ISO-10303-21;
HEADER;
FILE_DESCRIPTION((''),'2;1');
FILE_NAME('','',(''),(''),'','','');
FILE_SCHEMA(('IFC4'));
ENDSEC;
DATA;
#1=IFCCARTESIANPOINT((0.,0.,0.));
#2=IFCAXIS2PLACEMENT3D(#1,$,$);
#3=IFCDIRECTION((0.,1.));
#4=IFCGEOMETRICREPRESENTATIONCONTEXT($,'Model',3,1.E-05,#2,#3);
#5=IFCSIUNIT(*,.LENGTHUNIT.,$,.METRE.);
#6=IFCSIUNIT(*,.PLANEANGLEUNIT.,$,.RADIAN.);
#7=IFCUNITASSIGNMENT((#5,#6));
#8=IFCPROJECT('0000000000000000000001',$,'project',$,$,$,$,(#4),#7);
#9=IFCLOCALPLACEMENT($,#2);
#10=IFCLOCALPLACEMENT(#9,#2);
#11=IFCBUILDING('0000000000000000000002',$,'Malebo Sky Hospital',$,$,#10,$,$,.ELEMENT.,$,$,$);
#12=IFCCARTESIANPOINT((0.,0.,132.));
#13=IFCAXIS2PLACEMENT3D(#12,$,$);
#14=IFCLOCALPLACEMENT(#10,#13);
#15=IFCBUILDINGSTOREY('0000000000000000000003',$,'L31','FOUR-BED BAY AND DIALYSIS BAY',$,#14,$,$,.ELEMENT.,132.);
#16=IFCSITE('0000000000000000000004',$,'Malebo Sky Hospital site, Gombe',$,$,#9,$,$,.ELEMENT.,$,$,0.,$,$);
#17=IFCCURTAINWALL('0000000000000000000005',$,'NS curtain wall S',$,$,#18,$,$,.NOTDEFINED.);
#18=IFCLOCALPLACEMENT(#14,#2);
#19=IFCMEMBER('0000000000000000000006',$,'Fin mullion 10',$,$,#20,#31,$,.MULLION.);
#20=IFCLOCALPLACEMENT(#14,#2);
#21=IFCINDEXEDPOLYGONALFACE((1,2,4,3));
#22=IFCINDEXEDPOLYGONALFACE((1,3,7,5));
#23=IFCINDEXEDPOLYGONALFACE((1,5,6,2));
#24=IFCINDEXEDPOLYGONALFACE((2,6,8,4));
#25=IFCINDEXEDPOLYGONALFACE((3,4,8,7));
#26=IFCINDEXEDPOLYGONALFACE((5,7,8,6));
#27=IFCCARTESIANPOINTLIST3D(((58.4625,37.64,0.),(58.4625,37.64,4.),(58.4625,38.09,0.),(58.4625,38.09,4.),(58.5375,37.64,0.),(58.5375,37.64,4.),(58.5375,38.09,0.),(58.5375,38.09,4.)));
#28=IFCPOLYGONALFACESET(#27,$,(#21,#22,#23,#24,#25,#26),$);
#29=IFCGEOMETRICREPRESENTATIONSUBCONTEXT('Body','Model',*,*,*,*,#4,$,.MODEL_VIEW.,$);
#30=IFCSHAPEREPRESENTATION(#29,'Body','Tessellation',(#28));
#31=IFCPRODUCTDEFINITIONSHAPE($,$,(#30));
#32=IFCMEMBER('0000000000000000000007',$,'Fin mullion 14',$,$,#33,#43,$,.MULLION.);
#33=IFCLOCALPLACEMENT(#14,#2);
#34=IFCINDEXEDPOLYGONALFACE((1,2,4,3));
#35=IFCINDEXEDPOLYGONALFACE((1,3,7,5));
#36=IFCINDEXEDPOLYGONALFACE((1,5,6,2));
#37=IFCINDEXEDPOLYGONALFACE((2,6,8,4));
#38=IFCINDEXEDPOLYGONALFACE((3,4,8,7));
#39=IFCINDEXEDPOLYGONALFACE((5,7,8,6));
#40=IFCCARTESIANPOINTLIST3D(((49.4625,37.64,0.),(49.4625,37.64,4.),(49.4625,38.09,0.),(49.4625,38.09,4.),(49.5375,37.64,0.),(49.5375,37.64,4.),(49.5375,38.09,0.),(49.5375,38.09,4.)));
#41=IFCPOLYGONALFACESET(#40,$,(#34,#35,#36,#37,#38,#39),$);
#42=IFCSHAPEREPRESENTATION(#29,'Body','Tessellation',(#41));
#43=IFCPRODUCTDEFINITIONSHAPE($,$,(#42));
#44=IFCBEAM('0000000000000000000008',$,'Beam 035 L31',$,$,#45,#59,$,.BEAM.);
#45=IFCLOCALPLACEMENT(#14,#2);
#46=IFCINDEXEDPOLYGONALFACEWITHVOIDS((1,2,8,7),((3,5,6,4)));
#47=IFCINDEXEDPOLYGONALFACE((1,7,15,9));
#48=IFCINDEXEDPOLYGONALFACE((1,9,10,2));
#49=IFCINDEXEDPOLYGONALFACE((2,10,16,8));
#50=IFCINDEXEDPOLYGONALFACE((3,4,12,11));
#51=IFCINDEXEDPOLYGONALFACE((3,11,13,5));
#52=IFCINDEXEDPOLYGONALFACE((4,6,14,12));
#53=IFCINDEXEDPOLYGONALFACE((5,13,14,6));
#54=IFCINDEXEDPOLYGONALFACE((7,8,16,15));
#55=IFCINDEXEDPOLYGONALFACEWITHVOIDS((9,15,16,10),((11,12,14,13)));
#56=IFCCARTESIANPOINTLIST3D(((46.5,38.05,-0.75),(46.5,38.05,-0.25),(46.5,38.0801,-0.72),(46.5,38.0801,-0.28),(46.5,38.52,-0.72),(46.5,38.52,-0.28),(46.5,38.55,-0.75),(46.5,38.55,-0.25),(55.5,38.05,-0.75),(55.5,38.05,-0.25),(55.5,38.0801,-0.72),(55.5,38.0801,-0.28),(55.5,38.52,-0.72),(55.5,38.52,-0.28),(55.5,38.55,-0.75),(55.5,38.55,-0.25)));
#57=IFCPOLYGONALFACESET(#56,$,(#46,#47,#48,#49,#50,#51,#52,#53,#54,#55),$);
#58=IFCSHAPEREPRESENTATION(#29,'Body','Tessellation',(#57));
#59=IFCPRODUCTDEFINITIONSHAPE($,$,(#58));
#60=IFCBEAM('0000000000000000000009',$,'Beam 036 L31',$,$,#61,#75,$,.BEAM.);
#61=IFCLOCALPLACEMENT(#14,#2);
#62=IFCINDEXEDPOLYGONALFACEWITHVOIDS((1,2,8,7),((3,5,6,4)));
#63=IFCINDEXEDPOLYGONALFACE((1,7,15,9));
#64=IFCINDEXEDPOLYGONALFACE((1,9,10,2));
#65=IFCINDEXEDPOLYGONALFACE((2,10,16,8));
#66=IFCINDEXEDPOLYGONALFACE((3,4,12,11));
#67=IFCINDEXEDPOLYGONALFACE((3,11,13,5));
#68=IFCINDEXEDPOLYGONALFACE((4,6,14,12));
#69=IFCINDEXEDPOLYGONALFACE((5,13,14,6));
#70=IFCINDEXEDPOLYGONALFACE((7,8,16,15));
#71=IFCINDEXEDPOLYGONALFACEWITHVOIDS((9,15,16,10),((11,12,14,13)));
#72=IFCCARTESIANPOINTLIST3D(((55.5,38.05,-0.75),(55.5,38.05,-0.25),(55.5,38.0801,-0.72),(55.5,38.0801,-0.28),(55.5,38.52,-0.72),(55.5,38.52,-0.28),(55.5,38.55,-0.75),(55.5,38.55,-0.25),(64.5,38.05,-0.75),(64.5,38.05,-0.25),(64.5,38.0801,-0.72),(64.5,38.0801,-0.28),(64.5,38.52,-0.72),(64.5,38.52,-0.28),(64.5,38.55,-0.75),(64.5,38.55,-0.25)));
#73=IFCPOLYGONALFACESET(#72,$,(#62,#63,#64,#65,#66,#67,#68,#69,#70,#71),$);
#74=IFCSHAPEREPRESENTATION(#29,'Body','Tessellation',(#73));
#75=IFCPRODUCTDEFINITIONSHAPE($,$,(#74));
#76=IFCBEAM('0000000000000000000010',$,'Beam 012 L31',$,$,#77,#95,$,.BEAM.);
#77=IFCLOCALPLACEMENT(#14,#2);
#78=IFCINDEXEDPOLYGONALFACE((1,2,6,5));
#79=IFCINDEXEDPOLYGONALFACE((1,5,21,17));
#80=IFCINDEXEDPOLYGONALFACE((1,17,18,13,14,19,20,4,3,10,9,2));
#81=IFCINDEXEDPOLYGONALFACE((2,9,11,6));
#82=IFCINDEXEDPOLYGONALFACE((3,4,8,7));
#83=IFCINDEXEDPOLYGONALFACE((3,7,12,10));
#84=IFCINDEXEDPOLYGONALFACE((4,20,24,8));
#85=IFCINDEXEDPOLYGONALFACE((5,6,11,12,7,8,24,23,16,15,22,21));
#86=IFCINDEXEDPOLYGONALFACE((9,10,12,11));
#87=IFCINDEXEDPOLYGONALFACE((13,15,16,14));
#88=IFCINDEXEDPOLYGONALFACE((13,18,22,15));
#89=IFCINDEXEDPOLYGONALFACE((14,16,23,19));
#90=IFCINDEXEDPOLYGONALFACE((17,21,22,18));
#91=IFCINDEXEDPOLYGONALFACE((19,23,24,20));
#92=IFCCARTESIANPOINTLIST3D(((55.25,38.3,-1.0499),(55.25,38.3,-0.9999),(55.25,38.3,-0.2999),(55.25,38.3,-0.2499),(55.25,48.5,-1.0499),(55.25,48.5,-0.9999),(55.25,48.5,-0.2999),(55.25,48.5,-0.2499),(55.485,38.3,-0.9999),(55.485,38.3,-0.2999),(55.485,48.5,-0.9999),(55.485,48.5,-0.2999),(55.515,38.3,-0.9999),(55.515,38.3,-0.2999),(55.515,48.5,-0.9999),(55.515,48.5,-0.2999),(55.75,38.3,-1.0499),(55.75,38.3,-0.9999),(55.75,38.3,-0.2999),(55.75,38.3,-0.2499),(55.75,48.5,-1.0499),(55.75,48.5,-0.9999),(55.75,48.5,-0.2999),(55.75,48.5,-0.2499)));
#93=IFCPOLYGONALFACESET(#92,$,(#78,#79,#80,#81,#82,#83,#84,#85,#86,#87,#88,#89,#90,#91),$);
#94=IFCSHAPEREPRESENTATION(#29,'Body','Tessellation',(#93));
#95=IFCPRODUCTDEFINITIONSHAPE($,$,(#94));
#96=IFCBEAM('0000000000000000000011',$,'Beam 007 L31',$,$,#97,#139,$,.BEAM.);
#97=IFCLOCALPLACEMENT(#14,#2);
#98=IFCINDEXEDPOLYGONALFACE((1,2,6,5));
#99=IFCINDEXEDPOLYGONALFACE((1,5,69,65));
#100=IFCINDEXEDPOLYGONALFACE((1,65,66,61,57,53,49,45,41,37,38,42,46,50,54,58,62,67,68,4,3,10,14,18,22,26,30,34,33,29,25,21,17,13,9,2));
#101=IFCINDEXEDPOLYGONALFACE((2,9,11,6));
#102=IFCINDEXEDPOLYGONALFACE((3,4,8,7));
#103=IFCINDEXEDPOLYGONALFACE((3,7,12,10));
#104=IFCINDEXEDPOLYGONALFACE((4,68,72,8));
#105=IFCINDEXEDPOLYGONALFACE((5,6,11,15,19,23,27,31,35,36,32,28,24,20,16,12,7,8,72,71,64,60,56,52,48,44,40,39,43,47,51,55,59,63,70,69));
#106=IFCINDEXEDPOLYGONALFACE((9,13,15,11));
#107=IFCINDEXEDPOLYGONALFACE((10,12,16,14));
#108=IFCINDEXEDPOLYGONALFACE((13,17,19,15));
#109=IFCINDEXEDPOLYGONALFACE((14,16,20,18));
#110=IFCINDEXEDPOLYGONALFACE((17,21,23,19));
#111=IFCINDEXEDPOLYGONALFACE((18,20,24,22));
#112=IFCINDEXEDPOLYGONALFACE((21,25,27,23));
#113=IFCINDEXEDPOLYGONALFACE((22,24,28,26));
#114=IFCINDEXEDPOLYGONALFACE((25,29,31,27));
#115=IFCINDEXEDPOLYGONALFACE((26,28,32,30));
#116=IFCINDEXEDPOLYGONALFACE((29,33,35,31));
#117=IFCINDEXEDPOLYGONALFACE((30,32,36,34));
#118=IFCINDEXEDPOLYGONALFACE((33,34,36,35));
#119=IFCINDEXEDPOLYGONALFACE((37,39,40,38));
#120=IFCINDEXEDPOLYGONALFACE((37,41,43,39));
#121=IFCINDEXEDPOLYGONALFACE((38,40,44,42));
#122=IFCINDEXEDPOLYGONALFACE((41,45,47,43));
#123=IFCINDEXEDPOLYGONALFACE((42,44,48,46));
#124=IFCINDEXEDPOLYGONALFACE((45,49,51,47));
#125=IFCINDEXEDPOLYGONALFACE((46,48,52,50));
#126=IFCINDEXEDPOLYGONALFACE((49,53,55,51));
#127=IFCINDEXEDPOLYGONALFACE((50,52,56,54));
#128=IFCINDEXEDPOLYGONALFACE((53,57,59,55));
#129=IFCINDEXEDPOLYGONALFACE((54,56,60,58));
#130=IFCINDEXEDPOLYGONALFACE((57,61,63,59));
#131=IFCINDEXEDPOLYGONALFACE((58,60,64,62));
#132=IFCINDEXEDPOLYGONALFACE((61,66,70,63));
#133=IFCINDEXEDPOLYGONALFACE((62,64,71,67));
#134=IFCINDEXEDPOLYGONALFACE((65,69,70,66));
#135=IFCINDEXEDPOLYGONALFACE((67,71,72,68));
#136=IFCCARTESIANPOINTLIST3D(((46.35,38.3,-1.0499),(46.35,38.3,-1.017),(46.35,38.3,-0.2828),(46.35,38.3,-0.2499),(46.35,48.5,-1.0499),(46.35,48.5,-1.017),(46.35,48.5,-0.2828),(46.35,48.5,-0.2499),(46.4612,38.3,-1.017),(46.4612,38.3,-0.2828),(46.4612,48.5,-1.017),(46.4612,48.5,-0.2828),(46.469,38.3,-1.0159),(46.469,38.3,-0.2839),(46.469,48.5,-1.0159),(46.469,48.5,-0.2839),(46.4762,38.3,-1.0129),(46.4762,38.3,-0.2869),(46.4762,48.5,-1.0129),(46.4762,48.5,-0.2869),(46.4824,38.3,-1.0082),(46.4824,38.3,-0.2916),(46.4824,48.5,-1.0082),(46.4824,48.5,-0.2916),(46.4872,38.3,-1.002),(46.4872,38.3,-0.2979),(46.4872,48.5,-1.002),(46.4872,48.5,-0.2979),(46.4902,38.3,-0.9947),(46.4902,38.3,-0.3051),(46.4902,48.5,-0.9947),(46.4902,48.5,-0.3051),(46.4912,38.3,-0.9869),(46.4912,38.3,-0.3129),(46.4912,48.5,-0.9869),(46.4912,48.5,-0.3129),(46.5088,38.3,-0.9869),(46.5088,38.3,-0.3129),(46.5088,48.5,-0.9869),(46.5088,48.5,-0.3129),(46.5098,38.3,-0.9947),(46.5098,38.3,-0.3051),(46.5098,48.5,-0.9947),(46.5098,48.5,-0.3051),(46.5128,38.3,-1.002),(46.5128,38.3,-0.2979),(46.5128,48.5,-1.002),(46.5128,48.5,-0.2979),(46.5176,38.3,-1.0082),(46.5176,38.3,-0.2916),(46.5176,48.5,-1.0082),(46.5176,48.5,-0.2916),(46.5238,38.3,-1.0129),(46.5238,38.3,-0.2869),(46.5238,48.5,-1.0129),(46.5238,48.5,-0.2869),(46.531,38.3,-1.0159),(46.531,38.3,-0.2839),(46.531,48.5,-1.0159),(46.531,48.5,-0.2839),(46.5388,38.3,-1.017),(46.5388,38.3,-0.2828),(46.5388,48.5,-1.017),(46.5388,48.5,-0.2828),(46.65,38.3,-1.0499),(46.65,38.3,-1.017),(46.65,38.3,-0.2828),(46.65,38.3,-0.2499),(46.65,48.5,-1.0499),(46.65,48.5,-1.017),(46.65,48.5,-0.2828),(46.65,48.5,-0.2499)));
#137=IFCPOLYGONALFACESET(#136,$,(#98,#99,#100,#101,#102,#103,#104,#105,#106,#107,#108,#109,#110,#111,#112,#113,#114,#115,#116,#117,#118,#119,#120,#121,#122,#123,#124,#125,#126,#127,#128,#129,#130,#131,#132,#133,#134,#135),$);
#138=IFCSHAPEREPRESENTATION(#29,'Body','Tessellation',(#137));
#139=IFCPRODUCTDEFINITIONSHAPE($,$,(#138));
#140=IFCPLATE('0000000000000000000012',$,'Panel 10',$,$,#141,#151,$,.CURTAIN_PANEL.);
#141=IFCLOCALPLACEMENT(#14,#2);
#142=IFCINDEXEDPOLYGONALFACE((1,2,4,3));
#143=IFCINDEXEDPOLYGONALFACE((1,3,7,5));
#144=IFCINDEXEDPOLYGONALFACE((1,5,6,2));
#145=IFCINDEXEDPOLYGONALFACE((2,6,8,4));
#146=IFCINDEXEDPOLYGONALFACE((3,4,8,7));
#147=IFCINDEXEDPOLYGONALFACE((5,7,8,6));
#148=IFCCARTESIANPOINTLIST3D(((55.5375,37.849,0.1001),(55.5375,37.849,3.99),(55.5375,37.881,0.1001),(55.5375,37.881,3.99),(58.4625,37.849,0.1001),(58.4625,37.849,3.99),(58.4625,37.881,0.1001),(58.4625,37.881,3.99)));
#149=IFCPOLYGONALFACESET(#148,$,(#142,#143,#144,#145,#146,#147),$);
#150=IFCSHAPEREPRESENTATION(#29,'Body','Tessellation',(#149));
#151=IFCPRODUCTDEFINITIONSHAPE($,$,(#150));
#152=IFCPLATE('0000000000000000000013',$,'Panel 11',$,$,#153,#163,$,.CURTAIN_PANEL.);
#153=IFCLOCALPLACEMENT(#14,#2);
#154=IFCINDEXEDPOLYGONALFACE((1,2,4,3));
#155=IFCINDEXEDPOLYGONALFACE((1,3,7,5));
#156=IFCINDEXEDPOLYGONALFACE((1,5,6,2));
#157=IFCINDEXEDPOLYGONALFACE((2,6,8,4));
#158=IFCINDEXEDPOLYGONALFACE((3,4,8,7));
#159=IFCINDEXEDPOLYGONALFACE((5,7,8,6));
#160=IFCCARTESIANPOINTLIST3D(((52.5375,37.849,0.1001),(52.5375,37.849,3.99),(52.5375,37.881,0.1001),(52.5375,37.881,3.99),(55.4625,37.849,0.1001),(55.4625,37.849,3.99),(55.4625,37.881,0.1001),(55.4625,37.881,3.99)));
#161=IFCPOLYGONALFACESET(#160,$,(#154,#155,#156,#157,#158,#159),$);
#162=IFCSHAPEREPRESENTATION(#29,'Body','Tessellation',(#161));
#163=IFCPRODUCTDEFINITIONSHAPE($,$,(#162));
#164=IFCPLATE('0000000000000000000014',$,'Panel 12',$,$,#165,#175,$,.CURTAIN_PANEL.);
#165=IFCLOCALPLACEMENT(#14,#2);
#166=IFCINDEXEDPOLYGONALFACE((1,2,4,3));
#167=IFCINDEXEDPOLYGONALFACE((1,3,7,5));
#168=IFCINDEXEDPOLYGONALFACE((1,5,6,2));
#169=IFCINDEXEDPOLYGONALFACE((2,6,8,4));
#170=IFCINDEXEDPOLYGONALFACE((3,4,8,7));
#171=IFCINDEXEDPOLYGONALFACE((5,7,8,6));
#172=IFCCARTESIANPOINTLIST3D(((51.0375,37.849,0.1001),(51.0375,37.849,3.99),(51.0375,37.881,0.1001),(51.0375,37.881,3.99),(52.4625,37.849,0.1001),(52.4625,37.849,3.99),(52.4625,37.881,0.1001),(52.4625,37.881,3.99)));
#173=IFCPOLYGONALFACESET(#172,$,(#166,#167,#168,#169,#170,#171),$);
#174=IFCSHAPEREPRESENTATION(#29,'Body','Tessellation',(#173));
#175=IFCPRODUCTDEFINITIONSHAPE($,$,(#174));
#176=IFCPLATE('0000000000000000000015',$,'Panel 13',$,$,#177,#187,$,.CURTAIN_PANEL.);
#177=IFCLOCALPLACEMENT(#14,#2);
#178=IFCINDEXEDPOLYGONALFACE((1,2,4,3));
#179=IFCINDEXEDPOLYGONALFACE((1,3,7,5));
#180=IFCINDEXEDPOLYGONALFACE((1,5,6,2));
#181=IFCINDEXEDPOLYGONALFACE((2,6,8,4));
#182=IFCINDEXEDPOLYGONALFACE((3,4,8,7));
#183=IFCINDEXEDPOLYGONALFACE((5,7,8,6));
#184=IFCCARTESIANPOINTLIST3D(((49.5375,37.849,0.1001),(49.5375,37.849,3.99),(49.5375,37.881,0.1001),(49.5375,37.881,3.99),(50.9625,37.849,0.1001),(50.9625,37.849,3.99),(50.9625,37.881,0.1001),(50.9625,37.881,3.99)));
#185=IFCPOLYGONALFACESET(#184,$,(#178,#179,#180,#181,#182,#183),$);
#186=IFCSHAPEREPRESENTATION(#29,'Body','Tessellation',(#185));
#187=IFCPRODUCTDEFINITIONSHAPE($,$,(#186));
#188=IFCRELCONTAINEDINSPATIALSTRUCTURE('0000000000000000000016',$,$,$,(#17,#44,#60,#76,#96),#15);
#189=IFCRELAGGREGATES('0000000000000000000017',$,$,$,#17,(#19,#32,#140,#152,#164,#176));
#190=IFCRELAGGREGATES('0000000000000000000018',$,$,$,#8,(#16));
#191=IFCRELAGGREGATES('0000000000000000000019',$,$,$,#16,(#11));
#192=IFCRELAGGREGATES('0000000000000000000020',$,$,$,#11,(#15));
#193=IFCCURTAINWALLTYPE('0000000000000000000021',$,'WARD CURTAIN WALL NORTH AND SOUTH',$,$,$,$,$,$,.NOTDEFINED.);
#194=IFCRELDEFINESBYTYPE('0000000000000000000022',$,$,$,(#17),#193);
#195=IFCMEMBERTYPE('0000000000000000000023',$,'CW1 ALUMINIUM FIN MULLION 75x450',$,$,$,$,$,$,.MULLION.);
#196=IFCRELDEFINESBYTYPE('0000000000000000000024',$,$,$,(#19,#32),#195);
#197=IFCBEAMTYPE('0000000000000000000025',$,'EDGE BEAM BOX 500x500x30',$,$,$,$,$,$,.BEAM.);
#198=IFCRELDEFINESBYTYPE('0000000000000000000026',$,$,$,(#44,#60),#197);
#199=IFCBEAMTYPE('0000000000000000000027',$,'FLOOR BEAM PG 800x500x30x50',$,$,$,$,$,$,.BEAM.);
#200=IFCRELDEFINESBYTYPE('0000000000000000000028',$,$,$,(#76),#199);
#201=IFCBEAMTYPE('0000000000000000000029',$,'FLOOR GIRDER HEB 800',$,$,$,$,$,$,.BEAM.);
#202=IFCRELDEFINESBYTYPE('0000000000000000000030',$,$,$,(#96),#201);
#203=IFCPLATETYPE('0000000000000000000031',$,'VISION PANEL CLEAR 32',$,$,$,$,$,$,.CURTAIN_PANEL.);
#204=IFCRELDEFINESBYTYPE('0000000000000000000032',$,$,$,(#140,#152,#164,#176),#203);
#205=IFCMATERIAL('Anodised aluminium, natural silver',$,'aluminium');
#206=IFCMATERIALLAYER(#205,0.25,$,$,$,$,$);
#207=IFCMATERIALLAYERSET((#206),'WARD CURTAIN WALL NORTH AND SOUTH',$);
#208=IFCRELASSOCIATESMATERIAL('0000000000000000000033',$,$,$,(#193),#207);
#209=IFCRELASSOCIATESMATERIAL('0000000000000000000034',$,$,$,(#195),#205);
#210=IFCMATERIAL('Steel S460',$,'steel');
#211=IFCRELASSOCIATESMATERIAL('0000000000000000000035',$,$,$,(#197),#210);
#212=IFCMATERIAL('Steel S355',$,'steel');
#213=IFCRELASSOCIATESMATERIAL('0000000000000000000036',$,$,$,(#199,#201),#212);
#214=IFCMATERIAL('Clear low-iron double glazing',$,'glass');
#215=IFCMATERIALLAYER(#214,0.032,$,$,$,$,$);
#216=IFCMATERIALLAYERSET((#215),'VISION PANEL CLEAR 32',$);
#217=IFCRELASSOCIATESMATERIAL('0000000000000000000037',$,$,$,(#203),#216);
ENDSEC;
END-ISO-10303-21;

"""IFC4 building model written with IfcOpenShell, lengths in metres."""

from ifc_helpers import new_model, si_unit, direction, frame, origin, origin_2d, place, context, subcontext, project, spatial, rectangle, hollow_rectangle, i_section, extrude, material, layer, layer_set, material_profile, profile_set, type_object, element, aggregate, save


model = new_model("IFC4")

# Units and contexts
model_context = context("Model", 3, precision=1e-05, world=origin(), true_north=direction((0.0, 1.0)))
body_context = subcontext(model_context, "Body", "Model", "MODEL_VIEW")
ifc_project = project(units=[si_unit("LENGTHUNIT", "METRE"), si_unit("PLANEANGLEUNIT", "RADIAN")], contexts=[model_context])

# Site, building, storey
site_placement = place(None, origin())
site = spatial("IfcSite", under=ifc_project, at=site_placement, Name="Malebo Sky Hospital site, Gombe", CompositionType="ELEMENT", RefElevation=0.0)
building_placement = place(site_placement, origin())
building = spatial("IfcBuilding", under=site, at=building_placement, Name="Malebo Sky Hospital", CompositionType="ELEMENT")
storey_placement = place(building_placement, frame((0.0, 0.0, 132.0)))
storey = spatial("IfcBuildingStorey", under=building, at=storey_placement, Name="L31", Description="FOUR-BED BAY AND DIALYSIS BAY", CompositionType="ELEMENT", Elevation=132.0)

# Shared definitions
ifc_material_1 = material(Name="Steel S460", Category="steel")

# Curtain wall
ifc_material_2 = material(Name="Anodised aluminium, natural silver", Category="aluminium")
ifc_layer_1 = layer(ifc_material_2, 0.25)
ifc_layer_set_1 = layer_set([ifc_layer_1], Name="WARD CURTAIN WALL NORTH AND SOUTH")
curtain_wall_type = type_object("IfcCurtainWallType", Name="WARD CURTAIN WALL NORTH AND SOUTH", PredefinedType="NOTDEFINED", material=ifc_layer_set_1)
curtain_wall_placement = place(storey_placement, origin())
curtain_wall = element("IfcCurtainWall", 1, at=curtain_wall_placement, inside=storey, type_object=curtain_wall_type, Name="NS curtain wall S", PredefinedType="NOTDEFINED")

# Members
ifc_material_3 = material(Name="Steel S355", Category="steel")
ifc_material_profile_1 = material_profile(ifc_material_2, rectangle(XDim=0.075, YDim=0.45, at=origin_2d()), Name="CW1 ALUMINIUM FIN MULLION 75x450")
ifc_profile_set_1 = profile_set([ifc_material_profile_1], Name="Anodised aluminium, natural silver")
member_type_1 = type_object("IfcMemberType", Name="CW1 ALUMINIUM FIN MULLION 75x450", PredefinedType="MULLION", material=ifc_profile_set_1)
member_1_placement = place(storey_placement, frame((58.5, 37.865, 0.0), z_axis=(0.0, 0.0, 1.0), x_axis=(-1.0, 0.0, 0.0)))
member_1 = element("IfcMember", 2, at=member_1_placement, type_object=member_type_1, Name="Fin mullion 10", PredefinedType="MULLION", context=body_context, shape_type="SweptSolid", body=[
    extrude(rectangle(XDim=0.075, YDim=0.45, at=origin_2d()), origin(), (0.0, 0.0, 1.0), 4.0),
])
member_2_placement = place(storey_placement, frame((49.5, 37.865, 0.0), z_axis=(0.0, 0.0, 1.0), x_axis=(-1.0, 0.0, 0.0)))
member_2 = element("IfcMember", 3, at=member_2_placement, type_object=member_type_1, Name="Fin mullion 14", PredefinedType="MULLION", context=body_context, shape_type="SweptSolid", body=[
    extrude(rectangle(XDim=0.075, YDim=0.45, at=origin_2d()), origin(), (0.0, 0.0, 1.0), 4.0),
])

# Beams
ifc_material_profile_2 = material_profile(ifc_material_1, hollow_rectangle(XDim=0.5, YDim=0.5, WallThickness=0.03, at=origin_2d()), Name="BOX 500x500x30")
ifc_profile_set_2 = profile_set([ifc_material_profile_2], Name="Steel S460")
beam_type_1 = type_object("IfcBeamType", Name="EDGE BEAM BOX 500x500x30", PredefinedType="BEAM", material=ifc_profile_set_2)
for number, where, z_axis, x_axis, name in (
    (4, (46.5, 38.3, -0.5), (1.0, 0.0, 0.0), (0.0, 1.0, 0.0), "Beam 035 L31"),
    (5, (55.5, 38.3, -0.5), (1.0, 0.0, 0.0), (0.0, 1.0, 0.0), "Beam 036 L31"),
):
    element("IfcBeam", number, at=place(storey_placement, frame(where, z_axis=z_axis, x_axis=x_axis)), inside=storey, type_object=beam_type_1, Name=name, PredefinedType="BEAM", context=body_context, shape_type="SweptSolid", body=[
        extrude(hollow_rectangle(XDim=0.5, YDim=0.5, WallThickness=0.03, at=origin_2d()), origin(), (0.0, 0.0, 1.0), 9.0),
    ])
ifc_material_profile_3 = material_profile(ifc_material_3, i_section(OverallWidth=0.5, OverallDepth=0.8, WebThickness=0.03, FlangeThickness=0.05, at=origin_2d()), Name="PG 800x500x30x50")
ifc_profile_set_3 = profile_set([ifc_material_profile_3], Name="Steel S355")
beam_type_2 = type_object("IfcBeamType", Name="FLOOR BEAM PG 800x500x30x50", PredefinedType="BEAM", material=ifc_profile_set_3)
beam_1_placement = place(storey_placement, frame((55.5, 38.3, -0.6499), z_axis=(0.0, 1.0, 0.0), x_axis=(-1.0, 0.0, 0.0)))
element("IfcBeam", 6, at=beam_1_placement, inside=storey, type_object=beam_type_2, Name="Beam 012 L31", PredefinedType="BEAM", context=body_context, shape_type="SweptSolid", body=[
    extrude(i_section(OverallWidth=0.5, OverallDepth=0.8, WebThickness=0.03, FlangeThickness=0.05, at=origin_2d()), origin(), (0.0, 0.0, 1.0), 10.2),
])
ifc_material_profile_4 = material_profile(ifc_material_3, i_section(OverallWidth=0.3, OverallDepth=0.8, WebThickness=0.0176, FlangeThickness=0.033, FilletRadius=0.03, at=origin_2d()), Name="HEB 800")
ifc_profile_set_4 = profile_set([ifc_material_profile_4], Name="Steel S355")
beam_type_3 = type_object("IfcBeamType", Name="FLOOR GIRDER HEB 800", PredefinedType="BEAM", material=ifc_profile_set_4)
beam_2_placement = place(storey_placement, frame((46.5, 38.3, -0.6499), z_axis=(0.0, 1.0, 0.0), x_axis=(-1.0, 0.0, 0.0)))
element("IfcBeam", 7, at=beam_2_placement, inside=storey, type_object=beam_type_3, Name="Beam 007 L31", PredefinedType="BEAM", context=body_context, shape_type="SweptSolid", body=[
    extrude(i_section(OverallWidth=0.3, OverallDepth=0.8, WebThickness=0.0176, FlangeThickness=0.033, FilletRadius=0.03, at=origin_2d()), origin(), (0.0, 0.0, 1.0), 10.2),
])

# Plates
ifc_material_4 = material(Name="Clear low-iron double glazing", Category="glass")
ifc_layer_2 = layer(ifc_material_4, 0.032)
ifc_layer_set_2 = layer_set([ifc_layer_2], Name="VISION PANEL CLEAR 32")
plate_type = type_object("IfcPlateType", Name="VISION PANEL CLEAR 32", PredefinedType="CURTAIN_PANEL", material=ifc_layer_set_2)
plate_1_placement = place(storey_placement, frame((57.0, 37.865, 0.1001), z_axis=(0.0, 0.0, 1.0), x_axis=(-1.0, 0.0, 0.0)))
plate_1 = element("IfcPlate", 8, at=plate_1_placement, type_object=plate_type, Name="Panel 10", PredefinedType="CURTAIN_PANEL", context=body_context, shape_type="SweptSolid", body=[
    extrude(rectangle(XDim=2.925, YDim=0.032, at=origin_2d()), origin(), (0.0, 0.0, 1.0), 3.8899),
])
plate_2_placement = place(storey_placement, frame((54.0, 37.865, 0.1001), z_axis=(0.0, 0.0, 1.0), x_axis=(-1.0, 0.0, 0.0)))
plate_2 = element("IfcPlate", 9, at=plate_2_placement, type_object=plate_type, Name="Panel 11", PredefinedType="CURTAIN_PANEL", context=body_context, shape_type="SweptSolid", body=[
    extrude(rectangle(XDim=2.925, YDim=0.032, at=origin_2d()), origin(), (0.0, 0.0, 1.0), 3.8899),
])
plate_3_placement = place(storey_placement, frame((51.75, 37.865, 0.1001), z_axis=(0.0, 0.0, 1.0), x_axis=(-1.0, 0.0, 0.0)))
plate_3 = element("IfcPlate", 10, at=plate_3_placement, type_object=plate_type, Name="Panel 12", PredefinedType="CURTAIN_PANEL", context=body_context, shape_type="SweptSolid", body=[
    extrude(rectangle(XDim=1.425, YDim=0.032, at=origin_2d()), origin(), (0.0, 0.0, 1.0), 3.8899),
])
plate_4_placement = place(storey_placement, frame((50.25, 37.865, 0.1001), z_axis=(0.0, 0.0, 1.0), x_axis=(-1.0, 0.0, 0.0)))
plate_4 = element("IfcPlate", 11, at=plate_4_placement, type_object=plate_type, Name="Panel 13", PredefinedType="CURTAIN_PANEL", context=body_context, shape_type="SweptSolid", body=[
    extrude(rectangle(XDim=1.425, YDim=0.032, at=origin_2d()), origin(), (0.0, 0.0, 1.0), 3.8899),
])
aggregate(curtain_wall, [member_1, member_2, plate_1, plate_2, plate_3, plate_4])

save(model, "model.ifc")
